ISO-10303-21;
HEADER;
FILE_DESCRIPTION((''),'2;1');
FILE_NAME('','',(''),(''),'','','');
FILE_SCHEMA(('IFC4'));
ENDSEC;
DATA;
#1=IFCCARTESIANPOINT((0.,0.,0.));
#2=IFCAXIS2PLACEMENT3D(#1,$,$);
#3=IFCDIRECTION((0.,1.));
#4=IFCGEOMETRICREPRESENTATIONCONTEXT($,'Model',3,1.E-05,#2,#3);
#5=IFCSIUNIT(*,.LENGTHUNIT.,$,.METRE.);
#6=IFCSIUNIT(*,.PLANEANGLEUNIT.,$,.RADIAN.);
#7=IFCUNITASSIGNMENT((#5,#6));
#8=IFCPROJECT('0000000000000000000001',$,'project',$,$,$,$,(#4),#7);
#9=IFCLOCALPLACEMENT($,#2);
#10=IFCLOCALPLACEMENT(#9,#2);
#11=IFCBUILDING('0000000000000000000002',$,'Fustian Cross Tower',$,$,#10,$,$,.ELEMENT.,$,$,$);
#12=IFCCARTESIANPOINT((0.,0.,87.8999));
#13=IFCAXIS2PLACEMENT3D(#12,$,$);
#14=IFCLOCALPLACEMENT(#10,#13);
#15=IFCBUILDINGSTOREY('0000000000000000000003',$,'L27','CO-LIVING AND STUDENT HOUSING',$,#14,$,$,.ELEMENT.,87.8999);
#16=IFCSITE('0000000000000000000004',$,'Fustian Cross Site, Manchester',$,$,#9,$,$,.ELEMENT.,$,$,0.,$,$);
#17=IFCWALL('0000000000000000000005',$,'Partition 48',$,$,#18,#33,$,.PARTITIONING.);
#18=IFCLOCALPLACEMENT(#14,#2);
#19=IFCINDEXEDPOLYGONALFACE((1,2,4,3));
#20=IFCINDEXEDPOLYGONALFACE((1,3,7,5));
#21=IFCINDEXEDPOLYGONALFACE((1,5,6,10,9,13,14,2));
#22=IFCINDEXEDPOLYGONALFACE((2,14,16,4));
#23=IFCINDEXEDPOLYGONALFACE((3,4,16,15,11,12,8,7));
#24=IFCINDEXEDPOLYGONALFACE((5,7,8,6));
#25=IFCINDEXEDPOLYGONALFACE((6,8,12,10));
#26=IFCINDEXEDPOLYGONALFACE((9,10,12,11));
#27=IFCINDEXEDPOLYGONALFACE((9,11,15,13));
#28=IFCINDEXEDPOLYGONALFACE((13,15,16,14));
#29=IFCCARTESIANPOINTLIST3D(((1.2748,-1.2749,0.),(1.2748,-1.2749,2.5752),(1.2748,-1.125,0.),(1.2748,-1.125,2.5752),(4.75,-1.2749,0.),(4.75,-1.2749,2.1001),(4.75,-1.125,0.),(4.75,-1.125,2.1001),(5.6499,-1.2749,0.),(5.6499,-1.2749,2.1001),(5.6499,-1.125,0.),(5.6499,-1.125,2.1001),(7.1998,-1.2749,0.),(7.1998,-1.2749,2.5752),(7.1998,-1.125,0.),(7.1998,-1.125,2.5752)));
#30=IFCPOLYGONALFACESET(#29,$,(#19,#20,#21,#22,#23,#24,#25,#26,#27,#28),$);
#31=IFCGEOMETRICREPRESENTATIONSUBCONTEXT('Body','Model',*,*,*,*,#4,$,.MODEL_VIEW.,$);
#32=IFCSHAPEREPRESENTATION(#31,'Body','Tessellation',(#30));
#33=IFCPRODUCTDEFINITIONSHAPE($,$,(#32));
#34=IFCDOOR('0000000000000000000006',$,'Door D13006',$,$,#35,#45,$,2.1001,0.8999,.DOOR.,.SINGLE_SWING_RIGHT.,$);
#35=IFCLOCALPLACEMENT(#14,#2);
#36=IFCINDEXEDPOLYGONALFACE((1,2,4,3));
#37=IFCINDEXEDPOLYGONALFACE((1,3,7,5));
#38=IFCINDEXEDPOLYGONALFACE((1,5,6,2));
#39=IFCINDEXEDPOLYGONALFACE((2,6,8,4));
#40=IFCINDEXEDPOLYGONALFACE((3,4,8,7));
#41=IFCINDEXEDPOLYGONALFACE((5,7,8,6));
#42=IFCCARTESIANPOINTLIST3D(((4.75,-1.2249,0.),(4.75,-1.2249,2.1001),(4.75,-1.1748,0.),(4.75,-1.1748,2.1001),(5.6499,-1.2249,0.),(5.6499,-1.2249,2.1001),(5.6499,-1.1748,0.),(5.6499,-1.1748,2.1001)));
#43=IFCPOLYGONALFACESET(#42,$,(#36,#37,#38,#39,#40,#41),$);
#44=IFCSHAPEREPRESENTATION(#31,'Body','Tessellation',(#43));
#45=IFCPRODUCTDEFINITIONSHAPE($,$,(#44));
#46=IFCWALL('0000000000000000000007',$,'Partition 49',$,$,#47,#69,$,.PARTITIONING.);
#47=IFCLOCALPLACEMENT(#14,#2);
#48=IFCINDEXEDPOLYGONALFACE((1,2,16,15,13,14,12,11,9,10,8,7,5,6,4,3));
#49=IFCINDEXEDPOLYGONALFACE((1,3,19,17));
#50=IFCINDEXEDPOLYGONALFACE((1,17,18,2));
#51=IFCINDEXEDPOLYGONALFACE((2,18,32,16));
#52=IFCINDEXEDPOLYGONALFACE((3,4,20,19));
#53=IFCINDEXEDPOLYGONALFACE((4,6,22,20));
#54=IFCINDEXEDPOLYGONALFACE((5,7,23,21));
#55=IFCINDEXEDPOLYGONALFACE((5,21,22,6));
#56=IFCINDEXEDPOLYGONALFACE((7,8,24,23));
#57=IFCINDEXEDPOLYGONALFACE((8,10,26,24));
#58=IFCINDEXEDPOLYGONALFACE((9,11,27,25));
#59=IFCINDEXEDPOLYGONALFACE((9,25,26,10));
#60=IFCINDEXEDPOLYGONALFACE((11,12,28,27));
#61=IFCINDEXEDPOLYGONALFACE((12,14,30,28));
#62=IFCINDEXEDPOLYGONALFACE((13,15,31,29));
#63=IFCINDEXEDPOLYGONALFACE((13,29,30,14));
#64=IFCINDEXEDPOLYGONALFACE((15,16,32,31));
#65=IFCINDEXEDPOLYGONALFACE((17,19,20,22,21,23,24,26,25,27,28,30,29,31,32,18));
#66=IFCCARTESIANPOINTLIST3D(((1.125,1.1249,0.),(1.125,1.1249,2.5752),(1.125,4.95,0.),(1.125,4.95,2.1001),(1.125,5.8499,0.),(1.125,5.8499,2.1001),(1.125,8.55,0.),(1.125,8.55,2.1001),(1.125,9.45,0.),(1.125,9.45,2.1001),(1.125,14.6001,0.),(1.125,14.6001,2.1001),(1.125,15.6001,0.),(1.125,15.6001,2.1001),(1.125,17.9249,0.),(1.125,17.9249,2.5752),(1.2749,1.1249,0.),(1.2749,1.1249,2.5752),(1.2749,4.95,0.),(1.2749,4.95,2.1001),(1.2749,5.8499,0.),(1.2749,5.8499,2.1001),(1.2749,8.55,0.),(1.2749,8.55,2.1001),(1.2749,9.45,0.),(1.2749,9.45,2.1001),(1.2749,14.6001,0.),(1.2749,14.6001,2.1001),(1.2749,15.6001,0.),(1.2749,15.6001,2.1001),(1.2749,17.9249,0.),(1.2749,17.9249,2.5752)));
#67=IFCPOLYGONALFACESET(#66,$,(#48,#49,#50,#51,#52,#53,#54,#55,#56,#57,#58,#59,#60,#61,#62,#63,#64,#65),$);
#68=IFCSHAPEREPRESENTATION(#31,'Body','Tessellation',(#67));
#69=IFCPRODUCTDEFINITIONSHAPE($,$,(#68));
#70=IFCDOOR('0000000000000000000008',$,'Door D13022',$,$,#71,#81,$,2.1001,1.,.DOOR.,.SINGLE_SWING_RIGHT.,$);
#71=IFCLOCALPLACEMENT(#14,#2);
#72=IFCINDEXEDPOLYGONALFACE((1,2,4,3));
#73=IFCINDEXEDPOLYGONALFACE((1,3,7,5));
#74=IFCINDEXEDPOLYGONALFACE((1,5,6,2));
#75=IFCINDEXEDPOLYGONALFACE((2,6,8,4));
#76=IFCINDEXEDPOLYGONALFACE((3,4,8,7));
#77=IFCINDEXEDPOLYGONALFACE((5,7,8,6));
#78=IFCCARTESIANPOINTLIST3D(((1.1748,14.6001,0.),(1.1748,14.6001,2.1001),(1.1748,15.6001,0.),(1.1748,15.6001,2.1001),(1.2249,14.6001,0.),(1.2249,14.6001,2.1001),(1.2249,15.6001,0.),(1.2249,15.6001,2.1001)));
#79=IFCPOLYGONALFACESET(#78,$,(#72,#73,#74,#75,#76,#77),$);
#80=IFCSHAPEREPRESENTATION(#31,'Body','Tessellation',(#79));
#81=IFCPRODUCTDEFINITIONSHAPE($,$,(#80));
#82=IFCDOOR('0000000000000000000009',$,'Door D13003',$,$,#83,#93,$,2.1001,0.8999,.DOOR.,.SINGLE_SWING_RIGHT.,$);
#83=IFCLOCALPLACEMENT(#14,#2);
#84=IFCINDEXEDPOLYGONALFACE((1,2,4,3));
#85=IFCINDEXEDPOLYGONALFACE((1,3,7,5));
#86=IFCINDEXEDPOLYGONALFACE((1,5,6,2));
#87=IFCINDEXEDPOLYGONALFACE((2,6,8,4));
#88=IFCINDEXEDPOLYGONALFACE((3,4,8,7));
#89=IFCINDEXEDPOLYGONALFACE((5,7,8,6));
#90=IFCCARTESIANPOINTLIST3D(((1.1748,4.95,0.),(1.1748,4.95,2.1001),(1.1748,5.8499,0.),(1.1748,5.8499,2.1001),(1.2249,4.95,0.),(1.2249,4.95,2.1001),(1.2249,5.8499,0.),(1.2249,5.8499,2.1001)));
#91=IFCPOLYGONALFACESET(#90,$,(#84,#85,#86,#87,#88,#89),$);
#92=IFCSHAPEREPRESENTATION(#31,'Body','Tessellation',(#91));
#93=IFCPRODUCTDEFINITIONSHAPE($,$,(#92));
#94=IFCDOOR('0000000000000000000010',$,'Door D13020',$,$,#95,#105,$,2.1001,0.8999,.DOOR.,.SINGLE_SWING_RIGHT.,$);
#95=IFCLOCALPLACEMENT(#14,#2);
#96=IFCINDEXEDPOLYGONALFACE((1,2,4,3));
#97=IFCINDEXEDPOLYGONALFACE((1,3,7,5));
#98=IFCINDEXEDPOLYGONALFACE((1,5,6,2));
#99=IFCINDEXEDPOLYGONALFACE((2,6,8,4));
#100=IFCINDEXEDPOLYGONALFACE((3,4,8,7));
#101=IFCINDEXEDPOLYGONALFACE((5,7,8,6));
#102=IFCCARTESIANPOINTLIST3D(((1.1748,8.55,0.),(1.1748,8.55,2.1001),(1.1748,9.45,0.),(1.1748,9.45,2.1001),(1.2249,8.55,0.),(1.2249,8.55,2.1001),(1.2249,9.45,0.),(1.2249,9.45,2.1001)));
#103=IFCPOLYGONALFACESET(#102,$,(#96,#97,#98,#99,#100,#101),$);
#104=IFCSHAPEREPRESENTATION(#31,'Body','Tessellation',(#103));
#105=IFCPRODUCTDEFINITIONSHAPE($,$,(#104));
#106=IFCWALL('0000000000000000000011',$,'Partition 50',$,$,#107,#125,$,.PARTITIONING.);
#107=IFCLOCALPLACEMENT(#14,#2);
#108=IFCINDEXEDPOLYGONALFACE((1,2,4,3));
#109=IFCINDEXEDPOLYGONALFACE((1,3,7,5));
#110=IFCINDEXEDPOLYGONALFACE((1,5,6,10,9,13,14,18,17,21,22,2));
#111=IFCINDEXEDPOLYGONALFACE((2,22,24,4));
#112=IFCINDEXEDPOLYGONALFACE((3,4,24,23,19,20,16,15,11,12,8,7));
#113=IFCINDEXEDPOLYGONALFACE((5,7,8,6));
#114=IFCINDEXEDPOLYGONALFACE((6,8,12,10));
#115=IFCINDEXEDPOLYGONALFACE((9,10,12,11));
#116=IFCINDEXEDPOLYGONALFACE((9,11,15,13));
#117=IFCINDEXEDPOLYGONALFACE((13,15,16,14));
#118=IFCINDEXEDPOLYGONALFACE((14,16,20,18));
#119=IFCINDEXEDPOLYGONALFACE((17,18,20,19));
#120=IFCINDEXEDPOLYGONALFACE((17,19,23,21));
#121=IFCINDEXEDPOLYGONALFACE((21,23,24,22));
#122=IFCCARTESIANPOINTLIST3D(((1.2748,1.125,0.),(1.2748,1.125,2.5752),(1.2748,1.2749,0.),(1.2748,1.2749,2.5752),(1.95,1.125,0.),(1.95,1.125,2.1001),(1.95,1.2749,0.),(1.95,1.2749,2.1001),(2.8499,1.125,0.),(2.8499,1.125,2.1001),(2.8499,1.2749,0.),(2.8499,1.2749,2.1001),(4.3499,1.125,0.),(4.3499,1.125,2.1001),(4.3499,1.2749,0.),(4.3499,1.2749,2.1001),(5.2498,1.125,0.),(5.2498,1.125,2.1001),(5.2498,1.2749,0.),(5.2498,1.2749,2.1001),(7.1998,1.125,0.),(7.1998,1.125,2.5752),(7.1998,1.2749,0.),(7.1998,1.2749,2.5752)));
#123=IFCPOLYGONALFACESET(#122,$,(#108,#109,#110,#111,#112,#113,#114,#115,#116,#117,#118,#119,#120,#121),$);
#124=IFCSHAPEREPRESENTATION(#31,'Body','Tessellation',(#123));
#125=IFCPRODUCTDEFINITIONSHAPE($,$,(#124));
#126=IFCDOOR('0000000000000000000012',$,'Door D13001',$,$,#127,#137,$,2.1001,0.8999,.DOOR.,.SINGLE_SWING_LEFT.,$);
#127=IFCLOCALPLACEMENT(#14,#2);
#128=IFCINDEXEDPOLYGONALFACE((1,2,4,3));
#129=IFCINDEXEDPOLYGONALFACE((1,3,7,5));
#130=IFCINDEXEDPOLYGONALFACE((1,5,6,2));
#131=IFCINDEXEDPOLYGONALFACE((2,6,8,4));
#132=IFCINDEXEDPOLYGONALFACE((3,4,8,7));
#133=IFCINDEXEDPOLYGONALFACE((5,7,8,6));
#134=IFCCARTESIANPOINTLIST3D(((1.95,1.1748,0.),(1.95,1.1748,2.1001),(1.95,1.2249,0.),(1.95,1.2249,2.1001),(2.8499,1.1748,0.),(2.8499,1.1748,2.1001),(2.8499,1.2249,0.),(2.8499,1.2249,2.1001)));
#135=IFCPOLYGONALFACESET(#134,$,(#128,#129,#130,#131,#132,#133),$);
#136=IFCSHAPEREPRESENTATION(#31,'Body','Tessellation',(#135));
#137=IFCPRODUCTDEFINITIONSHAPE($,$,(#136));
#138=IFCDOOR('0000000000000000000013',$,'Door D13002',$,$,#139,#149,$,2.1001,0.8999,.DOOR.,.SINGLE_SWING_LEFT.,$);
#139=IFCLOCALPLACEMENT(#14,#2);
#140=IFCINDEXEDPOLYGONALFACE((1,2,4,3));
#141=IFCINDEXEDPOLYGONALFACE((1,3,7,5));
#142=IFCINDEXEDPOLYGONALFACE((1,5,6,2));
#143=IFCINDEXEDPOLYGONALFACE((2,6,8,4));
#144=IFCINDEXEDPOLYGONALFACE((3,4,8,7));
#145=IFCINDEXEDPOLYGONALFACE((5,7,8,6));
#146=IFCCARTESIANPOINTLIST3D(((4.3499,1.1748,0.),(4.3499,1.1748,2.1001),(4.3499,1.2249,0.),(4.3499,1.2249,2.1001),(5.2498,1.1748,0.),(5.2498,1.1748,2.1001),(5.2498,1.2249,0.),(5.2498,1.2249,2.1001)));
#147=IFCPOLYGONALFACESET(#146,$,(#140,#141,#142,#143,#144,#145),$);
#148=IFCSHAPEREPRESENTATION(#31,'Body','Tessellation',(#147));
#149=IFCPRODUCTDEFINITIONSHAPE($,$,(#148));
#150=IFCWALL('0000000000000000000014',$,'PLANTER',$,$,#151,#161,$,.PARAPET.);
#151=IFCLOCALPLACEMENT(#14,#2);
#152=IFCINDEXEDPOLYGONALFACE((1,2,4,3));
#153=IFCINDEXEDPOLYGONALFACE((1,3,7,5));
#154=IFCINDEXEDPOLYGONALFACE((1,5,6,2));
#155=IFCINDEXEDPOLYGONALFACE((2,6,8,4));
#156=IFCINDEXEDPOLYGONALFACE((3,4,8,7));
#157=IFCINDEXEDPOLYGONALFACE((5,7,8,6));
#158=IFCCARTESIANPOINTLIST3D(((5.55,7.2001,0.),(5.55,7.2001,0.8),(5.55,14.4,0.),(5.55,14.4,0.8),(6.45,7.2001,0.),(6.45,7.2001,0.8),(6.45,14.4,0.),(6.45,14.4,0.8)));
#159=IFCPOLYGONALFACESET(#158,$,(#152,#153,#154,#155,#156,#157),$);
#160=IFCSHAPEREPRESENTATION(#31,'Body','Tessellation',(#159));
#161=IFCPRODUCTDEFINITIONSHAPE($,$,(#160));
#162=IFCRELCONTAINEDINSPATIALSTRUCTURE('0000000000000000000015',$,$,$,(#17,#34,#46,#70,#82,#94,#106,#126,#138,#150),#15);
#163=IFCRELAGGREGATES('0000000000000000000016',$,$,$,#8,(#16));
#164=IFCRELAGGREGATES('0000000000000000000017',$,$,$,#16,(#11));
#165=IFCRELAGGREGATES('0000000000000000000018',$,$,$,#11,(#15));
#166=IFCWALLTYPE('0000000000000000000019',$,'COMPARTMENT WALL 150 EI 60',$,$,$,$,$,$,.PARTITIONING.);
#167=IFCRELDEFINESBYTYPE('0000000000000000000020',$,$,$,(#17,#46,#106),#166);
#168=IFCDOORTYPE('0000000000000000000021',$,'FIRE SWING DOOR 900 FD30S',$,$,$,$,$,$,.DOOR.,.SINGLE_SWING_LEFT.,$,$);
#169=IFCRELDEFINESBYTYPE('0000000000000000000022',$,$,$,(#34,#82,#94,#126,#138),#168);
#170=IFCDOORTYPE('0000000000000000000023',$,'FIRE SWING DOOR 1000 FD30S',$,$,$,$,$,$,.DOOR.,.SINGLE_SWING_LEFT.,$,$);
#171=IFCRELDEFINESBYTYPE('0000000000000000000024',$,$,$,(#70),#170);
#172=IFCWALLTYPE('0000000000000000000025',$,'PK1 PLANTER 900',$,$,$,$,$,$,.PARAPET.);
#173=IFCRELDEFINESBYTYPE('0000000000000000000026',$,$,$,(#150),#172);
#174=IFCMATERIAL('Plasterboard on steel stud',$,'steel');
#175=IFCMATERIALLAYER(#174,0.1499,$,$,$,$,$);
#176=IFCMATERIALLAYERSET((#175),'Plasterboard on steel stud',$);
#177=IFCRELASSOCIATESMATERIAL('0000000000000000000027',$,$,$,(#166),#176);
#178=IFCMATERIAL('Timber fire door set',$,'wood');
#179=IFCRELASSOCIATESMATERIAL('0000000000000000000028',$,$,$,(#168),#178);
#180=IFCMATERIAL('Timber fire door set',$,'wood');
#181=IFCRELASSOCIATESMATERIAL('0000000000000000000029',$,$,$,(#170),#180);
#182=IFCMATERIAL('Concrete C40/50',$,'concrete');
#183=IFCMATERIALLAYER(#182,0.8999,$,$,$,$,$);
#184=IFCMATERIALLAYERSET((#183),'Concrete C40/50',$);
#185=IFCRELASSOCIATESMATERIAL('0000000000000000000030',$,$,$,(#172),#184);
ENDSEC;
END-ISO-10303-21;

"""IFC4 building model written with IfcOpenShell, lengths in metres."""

from ifc_helpers import new_model, si_unit, direction, frame, frame_2d, origin, place, context, subcontext, project, spatial, rectangle, extrude, material, layer, layer_set, type_object, element, fill, save


model = new_model("IFC4")

# Units and contexts
model_context = context("Model", 3, precision=1e-05, world=origin(), true_north=direction((0.0, 1.0)))
body_context = subcontext(model_context, "Body", "Model", "MODEL_VIEW")
ifc_project = project(units=[si_unit("LENGTHUNIT", "METRE"), si_unit("PLANEANGLEUNIT", "RADIAN")], contexts=[model_context])

# Site, building, storey
site_placement = place(None, origin())
site = spatial("IfcSite", under=ifc_project, at=site_placement, Name="Fustian Cross Site, Manchester", CompositionType="ELEMENT", RefElevation=0.0)
building_placement = place(site_placement, origin())
building = spatial("IfcBuilding", under=site, at=building_placement, Name="Fustian Cross Tower", CompositionType="ELEMENT")
storey_placement = place(building_placement, frame((0.0, 0.0, 87.8999)))
storey = spatial("IfcBuildingStorey", under=building, at=storey_placement, Name="L27", Description="CO-LIVING AND STUDENT HOUSING", CompositionType="ELEMENT", Elevation=87.8999)

# Wall, opening, door
ifc_material_1 = material(Name="Plasterboard on steel stud", Category="steel")
ifc_layer_1 = layer(ifc_material_1, 0.1499)
ifc_layer_set_1 = layer_set([ifc_layer_1], Name="Plasterboard on steel stud")
wall_type_1 = type_object("IfcWallType", Name="COMPARTMENT WALL 150 EI 60", PredefinedType="PARTITIONING", material=ifc_layer_set_1)
wall_1_placement = place(storey_placement, frame((1.2749, -1.2, 0.0), z_axis=(0.0, 0.0, 1.0), x_axis=(1.0, 0.0, 0.0)))
wall_1 = element("IfcWall", 1, at=wall_1_placement, inside=storey, type_object=wall_type_1, Name="Partition 48", PredefinedType="PARTITIONING", context=body_context, shape_type="SweptSolid", body=[
    extrude(rectangle(XDim=5.925, YDim=0.1499, at=frame_2d((2.9624, 0.0))), origin(), (0.0, 0.0, 1.0), 2.5752),
])
opening_1_placement = place(wall_1_placement, frame((3.4751, 0.0, 0.0)))
opening_1 = element("IfcOpeningElement", 2, at=opening_1_placement, cuts=wall_1, PredefinedType="OPENING", context=body_context, shape_type="SweptSolid", body=[
    extrude(rectangle(XDim=0.8999, YDim=2.1001, at=frame_2d((0.45, 1.05))), frame((0.0, 0.085, 0.0), z_axis=(0.0, -1.0, 0.0), x_axis=(1.0, 0.0, 0.0)), (0.0, 0.0, 1.0), 0.1699),
])
ifc_material_2 = material(Name="Timber fire door set", Category="wood")
door_type_1 = type_object("IfcDoorType", Name="FIRE SWING DOOR 900 FD30S", OperationType="SINGLE_SWING_LEFT", PredefinedType="DOOR", material=ifc_material_2)
door_1_placement = place(opening_1_placement, frame((0.8999, 0.0, 0.0), z_axis=(0.0, 0.0, 1.0), x_axis=(-1.0, 0.0, 0.0)))
door_1 = element("IfcDoor", 3, at=door_1_placement, inside=storey, type_object=door_type_1, Name="Door D13006", OperationType="SINGLE_SWING_RIGHT", OverallHeight=2.1001, OverallWidth=0.8999, PredefinedType="DOOR", context=body_context, shape_type="SweptSolid", body=[
    extrude(rectangle(XDim=0.8999, YDim=2.1001, at=frame_2d((0.45, 1.05))), frame((0.0, 0.0249, 0.0), z_axis=(0.0, -1.0, 0.0), x_axis=(1.0, 0.0, 0.0)), (0.0, 0.0, 1.0), 0.05),
])
fill(opening_1, door_1)

# Walls, openings, doors
wall_2_placement = place(storey_placement, frame((1.2, 1.125, 0.0), z_axis=(0.0, 0.0, 1.0), x_axis=(0.0, 1.0, 0.0)))
wall_2 = element("IfcWall", 4, at=wall_2_placement, inside=storey, type_object=wall_type_1, Name="Partition 49", PredefinedType="PARTITIONING", context=body_context, shape_type="SweptSolid", body=[
    extrude(rectangle(XDim=16.8, YDim=0.1499, at=frame_2d((8.3999, 0.0))), origin(), (0.0, 0.0, 1.0), 2.5752),
])
opening_2_placement = place(wall_2_placement, frame((3.825, 0.0, 0.0)))
opening_2 = element("IfcOpeningElement", 5, at=opening_2_placement, cuts=wall_2, PredefinedType="OPENING", context=body_context, shape_type="SweptSolid", body=[
    extrude(rectangle(XDim=0.8999, YDim=2.1001, at=frame_2d((0.45, 1.05))), frame((0.0, 0.085, 0.0), z_axis=(0.0, -1.0, 0.0), x_axis=(1.0, 0.0, 0.0)), (0.0, 0.0, 1.0), 0.1699),
])
opening_3_placement = place(wall_2_placement, frame((7.425, 0.0, 0.0)))
opening_3 = element("IfcOpeningElement", 6, at=opening_3_placement, cuts=wall_2, PredefinedType="OPENING", context=body_context, shape_type="SweptSolid", body=[
    extrude(rectangle(XDim=0.8999, YDim=2.1001, at=frame_2d((0.45, 1.05))), frame((0.0, 0.085, 0.0), z_axis=(0.0, -1.0, 0.0), x_axis=(1.0, 0.0, 0.0)), (0.0, 0.0, 1.0), 0.1699),
])
opening_4_placement = place(wall_2_placement, frame((13.4751, 0.0, 0.0)))
opening_4 = element("IfcOpeningElement", 7, at=opening_4_placement, cuts=wall_2, PredefinedType="OPENING", context=body_context, shape_type="SweptSolid", body=[
    extrude(rectangle(XDim=1.0, YDim=2.1001, at=frame_2d((0.5, 1.05))), frame((0.0, 0.085, 0.0), z_axis=(0.0, -1.0, 0.0), x_axis=(1.0, 0.0, 0.0)), (0.0, 0.0, 1.0), 0.1699),
])
ifc_material_3 = material(Name="Timber fire door set", Category="wood")
door_type_2 = type_object("IfcDoorType", Name="FIRE SWING DOOR 1000 FD30S", OperationType="SINGLE_SWING_LEFT", PredefinedType="DOOR", material=ifc_material_3)
door_2_placement = place(opening_4_placement, frame((1.0, 0.0, 0.0), z_axis=(0.0, 0.0, 1.0), x_axis=(-1.0, 0.0, 0.0)))
door_2 = element("IfcDoor", 8, at=door_2_placement, inside=storey, type_object=door_type_2, Name="Door D13022", OperationType="SINGLE_SWING_RIGHT", OverallHeight=2.1001, OverallWidth=1.0, PredefinedType="DOOR", context=body_context, shape_type="SweptSolid", body=[
    extrude(rectangle(XDim=1.0, YDim=2.1001, at=frame_2d((0.5, 1.05))), frame((0.0, 0.0249, 0.0), z_axis=(0.0, -1.0, 0.0), x_axis=(1.0, 0.0, 0.0)), (0.0, 0.0, 1.0), 0.05),
])
fill(opening_4, door_2)
door_3_placement = place(opening_2_placement, frame((0.8999, 0.0, 0.0), z_axis=(0.0, 0.0, 1.0), x_axis=(-1.0, 0.0, 0.0)))
door_3 = element("IfcDoor", 9, at=door_3_placement, inside=storey, type_object=door_type_1, Name="Door D13003", OperationType="SINGLE_SWING_RIGHT", OverallHeight=2.1001, OverallWidth=0.8999, PredefinedType="DOOR", context=body_context, shape_type="SweptSolid", body=[
    extrude(rectangle(XDim=0.8999, YDim=2.1001, at=frame_2d((0.45, 1.05))), frame((0.0, 0.0249, 0.0), z_axis=(0.0, -1.0, 0.0), x_axis=(1.0, 0.0, 0.0)), (0.0, 0.0, 1.0), 0.05),
])
fill(opening_2, door_3)
door_4_placement = place(opening_3_placement, frame((0.8999, 0.0, 0.0), z_axis=(0.0, 0.0, 1.0), x_axis=(-1.0, 0.0, 0.0)))
door_4 = element("IfcDoor", 10, at=door_4_placement, inside=storey, type_object=door_type_1, Name="Door D13020", OperationType="SINGLE_SWING_RIGHT", OverallHeight=2.1001, OverallWidth=0.8999, PredefinedType="DOOR", context=body_context, shape_type="SweptSolid", body=[
    extrude(rectangle(XDim=0.8999, YDim=2.1001, at=frame_2d((0.45, 1.05))), frame((0.0, 0.0249, 0.0), z_axis=(0.0, -1.0, 0.0), x_axis=(1.0, 0.0, 0.0)), (0.0, 0.0, 1.0), 0.05),
])
fill(opening_3, door_4)
wall_3_placement = place(storey_placement, frame((1.2749, 1.2, 0.0), z_axis=(0.0, 0.0, 1.0), x_axis=(1.0, 0.0, 0.0)))
wall_3 = element("IfcWall", 11, at=wall_3_placement, inside=storey, type_object=wall_type_1, Name="Partition 50", PredefinedType="PARTITIONING", context=body_context, shape_type="SweptSolid", body=[
    extrude(rectangle(XDim=5.925, YDim=0.1499, at=frame_2d((2.9624, 0.0))), origin(), (0.0, 0.0, 1.0), 2.5752),
])
opening_5_placement = place(wall_3_placement, frame((0.675, 0.0, 0.0)))
opening_5 = element("IfcOpeningElement", 12, at=opening_5_placement, cuts=wall_3, PredefinedType="OPENING", context=body_context, shape_type="SweptSolid", body=[
    extrude(rectangle(XDim=0.8999, YDim=2.1001, at=frame_2d((0.45, 1.05))), frame((0.0, 0.085, 0.0), z_axis=(0.0, -1.0, 0.0), x_axis=(1.0, 0.0, 0.0)), (0.0, 0.0, 1.0), 0.1699),
])
opening_6_placement = place(wall_3_placement, frame((3.075, 0.0, 0.0)))
opening_6 = element("IfcOpeningElement", 13, at=opening_6_placement, cuts=wall_3, PredefinedType="OPENING", context=body_context, shape_type="SweptSolid", body=[
    extrude(rectangle(XDim=0.8999, YDim=2.1001, at=frame_2d((0.45, 1.05))), frame((0.0, 0.085, 0.0), z_axis=(0.0, -1.0, 0.0), x_axis=(1.0, 0.0, 0.0)), (0.0, 0.0, 1.0), 0.1699),
])
door_5_placement = place(opening_5_placement, origin())
door_5 = element("IfcDoor", 14, at=door_5_placement, inside=storey, type_object=door_type_1, Name="Door D13001", OperationType="SINGLE_SWING_LEFT", OverallHeight=2.1001, OverallWidth=0.8999, PredefinedType="DOOR", context=body_context, shape_type="SweptSolid", body=[
    extrude(rectangle(XDim=0.8999, YDim=2.1001, at=frame_2d((0.45, 1.05))), frame((0.0, 0.0249, 0.0), z_axis=(0.0, -1.0, 0.0), x_axis=(1.0, 0.0, 0.0)), (0.0, 0.0, 1.0), 0.05),
])
fill(opening_5, door_5)
door_6_placement = place(opening_6_placement, origin())
door_6 = element("IfcDoor", 15, at=door_6_placement, inside=storey, type_object=door_type_1, Name="Door D13002", OperationType="SINGLE_SWING_LEFT", OverallHeight=2.1001, OverallWidth=0.8999, PredefinedType="DOOR", context=body_context, shape_type="SweptSolid", body=[
    extrude(rectangle(XDim=0.8999, YDim=2.1001, at=frame_2d((0.45, 1.05))), frame((0.0, 0.0249, 0.0), z_axis=(0.0, -1.0, 0.0), x_axis=(1.0, 0.0, 0.0)), (0.0, 0.0, 1.0), 0.05),
])
fill(opening_6, door_6)

# Wall
ifc_material_4 = material(Name="Concrete C40/50", Category="concrete")
ifc_layer_2 = layer(ifc_material_4, 0.8999)
ifc_layer_set_2 = layer_set([ifc_layer_2], Name="Concrete C40/50")
wall_type_2 = type_object("IfcWallType", Name="PK1 PLANTER 900", PredefinedType="PARAPET", material=ifc_layer_set_2)
wall_4_placement = place(storey_placement, frame((6.0, 7.2, 0.0), z_axis=(0.0, 0.0, 1.0), x_axis=(0.0, 1.0, 0.0)))
element("IfcWall", 16, at=wall_4_placement, inside=storey, type_object=wall_type_2, Name="PLANTER", PredefinedType="PARAPET", context=body_context, shape_type="SweptSolid", body=[
    extrude(rectangle(XDim=7.2, YDim=0.8999, at=frame_2d((3.6001, 0.0))), origin(), (0.0, 0.0, 1.0), 0.8),
])

save(model, "model.ifc")
